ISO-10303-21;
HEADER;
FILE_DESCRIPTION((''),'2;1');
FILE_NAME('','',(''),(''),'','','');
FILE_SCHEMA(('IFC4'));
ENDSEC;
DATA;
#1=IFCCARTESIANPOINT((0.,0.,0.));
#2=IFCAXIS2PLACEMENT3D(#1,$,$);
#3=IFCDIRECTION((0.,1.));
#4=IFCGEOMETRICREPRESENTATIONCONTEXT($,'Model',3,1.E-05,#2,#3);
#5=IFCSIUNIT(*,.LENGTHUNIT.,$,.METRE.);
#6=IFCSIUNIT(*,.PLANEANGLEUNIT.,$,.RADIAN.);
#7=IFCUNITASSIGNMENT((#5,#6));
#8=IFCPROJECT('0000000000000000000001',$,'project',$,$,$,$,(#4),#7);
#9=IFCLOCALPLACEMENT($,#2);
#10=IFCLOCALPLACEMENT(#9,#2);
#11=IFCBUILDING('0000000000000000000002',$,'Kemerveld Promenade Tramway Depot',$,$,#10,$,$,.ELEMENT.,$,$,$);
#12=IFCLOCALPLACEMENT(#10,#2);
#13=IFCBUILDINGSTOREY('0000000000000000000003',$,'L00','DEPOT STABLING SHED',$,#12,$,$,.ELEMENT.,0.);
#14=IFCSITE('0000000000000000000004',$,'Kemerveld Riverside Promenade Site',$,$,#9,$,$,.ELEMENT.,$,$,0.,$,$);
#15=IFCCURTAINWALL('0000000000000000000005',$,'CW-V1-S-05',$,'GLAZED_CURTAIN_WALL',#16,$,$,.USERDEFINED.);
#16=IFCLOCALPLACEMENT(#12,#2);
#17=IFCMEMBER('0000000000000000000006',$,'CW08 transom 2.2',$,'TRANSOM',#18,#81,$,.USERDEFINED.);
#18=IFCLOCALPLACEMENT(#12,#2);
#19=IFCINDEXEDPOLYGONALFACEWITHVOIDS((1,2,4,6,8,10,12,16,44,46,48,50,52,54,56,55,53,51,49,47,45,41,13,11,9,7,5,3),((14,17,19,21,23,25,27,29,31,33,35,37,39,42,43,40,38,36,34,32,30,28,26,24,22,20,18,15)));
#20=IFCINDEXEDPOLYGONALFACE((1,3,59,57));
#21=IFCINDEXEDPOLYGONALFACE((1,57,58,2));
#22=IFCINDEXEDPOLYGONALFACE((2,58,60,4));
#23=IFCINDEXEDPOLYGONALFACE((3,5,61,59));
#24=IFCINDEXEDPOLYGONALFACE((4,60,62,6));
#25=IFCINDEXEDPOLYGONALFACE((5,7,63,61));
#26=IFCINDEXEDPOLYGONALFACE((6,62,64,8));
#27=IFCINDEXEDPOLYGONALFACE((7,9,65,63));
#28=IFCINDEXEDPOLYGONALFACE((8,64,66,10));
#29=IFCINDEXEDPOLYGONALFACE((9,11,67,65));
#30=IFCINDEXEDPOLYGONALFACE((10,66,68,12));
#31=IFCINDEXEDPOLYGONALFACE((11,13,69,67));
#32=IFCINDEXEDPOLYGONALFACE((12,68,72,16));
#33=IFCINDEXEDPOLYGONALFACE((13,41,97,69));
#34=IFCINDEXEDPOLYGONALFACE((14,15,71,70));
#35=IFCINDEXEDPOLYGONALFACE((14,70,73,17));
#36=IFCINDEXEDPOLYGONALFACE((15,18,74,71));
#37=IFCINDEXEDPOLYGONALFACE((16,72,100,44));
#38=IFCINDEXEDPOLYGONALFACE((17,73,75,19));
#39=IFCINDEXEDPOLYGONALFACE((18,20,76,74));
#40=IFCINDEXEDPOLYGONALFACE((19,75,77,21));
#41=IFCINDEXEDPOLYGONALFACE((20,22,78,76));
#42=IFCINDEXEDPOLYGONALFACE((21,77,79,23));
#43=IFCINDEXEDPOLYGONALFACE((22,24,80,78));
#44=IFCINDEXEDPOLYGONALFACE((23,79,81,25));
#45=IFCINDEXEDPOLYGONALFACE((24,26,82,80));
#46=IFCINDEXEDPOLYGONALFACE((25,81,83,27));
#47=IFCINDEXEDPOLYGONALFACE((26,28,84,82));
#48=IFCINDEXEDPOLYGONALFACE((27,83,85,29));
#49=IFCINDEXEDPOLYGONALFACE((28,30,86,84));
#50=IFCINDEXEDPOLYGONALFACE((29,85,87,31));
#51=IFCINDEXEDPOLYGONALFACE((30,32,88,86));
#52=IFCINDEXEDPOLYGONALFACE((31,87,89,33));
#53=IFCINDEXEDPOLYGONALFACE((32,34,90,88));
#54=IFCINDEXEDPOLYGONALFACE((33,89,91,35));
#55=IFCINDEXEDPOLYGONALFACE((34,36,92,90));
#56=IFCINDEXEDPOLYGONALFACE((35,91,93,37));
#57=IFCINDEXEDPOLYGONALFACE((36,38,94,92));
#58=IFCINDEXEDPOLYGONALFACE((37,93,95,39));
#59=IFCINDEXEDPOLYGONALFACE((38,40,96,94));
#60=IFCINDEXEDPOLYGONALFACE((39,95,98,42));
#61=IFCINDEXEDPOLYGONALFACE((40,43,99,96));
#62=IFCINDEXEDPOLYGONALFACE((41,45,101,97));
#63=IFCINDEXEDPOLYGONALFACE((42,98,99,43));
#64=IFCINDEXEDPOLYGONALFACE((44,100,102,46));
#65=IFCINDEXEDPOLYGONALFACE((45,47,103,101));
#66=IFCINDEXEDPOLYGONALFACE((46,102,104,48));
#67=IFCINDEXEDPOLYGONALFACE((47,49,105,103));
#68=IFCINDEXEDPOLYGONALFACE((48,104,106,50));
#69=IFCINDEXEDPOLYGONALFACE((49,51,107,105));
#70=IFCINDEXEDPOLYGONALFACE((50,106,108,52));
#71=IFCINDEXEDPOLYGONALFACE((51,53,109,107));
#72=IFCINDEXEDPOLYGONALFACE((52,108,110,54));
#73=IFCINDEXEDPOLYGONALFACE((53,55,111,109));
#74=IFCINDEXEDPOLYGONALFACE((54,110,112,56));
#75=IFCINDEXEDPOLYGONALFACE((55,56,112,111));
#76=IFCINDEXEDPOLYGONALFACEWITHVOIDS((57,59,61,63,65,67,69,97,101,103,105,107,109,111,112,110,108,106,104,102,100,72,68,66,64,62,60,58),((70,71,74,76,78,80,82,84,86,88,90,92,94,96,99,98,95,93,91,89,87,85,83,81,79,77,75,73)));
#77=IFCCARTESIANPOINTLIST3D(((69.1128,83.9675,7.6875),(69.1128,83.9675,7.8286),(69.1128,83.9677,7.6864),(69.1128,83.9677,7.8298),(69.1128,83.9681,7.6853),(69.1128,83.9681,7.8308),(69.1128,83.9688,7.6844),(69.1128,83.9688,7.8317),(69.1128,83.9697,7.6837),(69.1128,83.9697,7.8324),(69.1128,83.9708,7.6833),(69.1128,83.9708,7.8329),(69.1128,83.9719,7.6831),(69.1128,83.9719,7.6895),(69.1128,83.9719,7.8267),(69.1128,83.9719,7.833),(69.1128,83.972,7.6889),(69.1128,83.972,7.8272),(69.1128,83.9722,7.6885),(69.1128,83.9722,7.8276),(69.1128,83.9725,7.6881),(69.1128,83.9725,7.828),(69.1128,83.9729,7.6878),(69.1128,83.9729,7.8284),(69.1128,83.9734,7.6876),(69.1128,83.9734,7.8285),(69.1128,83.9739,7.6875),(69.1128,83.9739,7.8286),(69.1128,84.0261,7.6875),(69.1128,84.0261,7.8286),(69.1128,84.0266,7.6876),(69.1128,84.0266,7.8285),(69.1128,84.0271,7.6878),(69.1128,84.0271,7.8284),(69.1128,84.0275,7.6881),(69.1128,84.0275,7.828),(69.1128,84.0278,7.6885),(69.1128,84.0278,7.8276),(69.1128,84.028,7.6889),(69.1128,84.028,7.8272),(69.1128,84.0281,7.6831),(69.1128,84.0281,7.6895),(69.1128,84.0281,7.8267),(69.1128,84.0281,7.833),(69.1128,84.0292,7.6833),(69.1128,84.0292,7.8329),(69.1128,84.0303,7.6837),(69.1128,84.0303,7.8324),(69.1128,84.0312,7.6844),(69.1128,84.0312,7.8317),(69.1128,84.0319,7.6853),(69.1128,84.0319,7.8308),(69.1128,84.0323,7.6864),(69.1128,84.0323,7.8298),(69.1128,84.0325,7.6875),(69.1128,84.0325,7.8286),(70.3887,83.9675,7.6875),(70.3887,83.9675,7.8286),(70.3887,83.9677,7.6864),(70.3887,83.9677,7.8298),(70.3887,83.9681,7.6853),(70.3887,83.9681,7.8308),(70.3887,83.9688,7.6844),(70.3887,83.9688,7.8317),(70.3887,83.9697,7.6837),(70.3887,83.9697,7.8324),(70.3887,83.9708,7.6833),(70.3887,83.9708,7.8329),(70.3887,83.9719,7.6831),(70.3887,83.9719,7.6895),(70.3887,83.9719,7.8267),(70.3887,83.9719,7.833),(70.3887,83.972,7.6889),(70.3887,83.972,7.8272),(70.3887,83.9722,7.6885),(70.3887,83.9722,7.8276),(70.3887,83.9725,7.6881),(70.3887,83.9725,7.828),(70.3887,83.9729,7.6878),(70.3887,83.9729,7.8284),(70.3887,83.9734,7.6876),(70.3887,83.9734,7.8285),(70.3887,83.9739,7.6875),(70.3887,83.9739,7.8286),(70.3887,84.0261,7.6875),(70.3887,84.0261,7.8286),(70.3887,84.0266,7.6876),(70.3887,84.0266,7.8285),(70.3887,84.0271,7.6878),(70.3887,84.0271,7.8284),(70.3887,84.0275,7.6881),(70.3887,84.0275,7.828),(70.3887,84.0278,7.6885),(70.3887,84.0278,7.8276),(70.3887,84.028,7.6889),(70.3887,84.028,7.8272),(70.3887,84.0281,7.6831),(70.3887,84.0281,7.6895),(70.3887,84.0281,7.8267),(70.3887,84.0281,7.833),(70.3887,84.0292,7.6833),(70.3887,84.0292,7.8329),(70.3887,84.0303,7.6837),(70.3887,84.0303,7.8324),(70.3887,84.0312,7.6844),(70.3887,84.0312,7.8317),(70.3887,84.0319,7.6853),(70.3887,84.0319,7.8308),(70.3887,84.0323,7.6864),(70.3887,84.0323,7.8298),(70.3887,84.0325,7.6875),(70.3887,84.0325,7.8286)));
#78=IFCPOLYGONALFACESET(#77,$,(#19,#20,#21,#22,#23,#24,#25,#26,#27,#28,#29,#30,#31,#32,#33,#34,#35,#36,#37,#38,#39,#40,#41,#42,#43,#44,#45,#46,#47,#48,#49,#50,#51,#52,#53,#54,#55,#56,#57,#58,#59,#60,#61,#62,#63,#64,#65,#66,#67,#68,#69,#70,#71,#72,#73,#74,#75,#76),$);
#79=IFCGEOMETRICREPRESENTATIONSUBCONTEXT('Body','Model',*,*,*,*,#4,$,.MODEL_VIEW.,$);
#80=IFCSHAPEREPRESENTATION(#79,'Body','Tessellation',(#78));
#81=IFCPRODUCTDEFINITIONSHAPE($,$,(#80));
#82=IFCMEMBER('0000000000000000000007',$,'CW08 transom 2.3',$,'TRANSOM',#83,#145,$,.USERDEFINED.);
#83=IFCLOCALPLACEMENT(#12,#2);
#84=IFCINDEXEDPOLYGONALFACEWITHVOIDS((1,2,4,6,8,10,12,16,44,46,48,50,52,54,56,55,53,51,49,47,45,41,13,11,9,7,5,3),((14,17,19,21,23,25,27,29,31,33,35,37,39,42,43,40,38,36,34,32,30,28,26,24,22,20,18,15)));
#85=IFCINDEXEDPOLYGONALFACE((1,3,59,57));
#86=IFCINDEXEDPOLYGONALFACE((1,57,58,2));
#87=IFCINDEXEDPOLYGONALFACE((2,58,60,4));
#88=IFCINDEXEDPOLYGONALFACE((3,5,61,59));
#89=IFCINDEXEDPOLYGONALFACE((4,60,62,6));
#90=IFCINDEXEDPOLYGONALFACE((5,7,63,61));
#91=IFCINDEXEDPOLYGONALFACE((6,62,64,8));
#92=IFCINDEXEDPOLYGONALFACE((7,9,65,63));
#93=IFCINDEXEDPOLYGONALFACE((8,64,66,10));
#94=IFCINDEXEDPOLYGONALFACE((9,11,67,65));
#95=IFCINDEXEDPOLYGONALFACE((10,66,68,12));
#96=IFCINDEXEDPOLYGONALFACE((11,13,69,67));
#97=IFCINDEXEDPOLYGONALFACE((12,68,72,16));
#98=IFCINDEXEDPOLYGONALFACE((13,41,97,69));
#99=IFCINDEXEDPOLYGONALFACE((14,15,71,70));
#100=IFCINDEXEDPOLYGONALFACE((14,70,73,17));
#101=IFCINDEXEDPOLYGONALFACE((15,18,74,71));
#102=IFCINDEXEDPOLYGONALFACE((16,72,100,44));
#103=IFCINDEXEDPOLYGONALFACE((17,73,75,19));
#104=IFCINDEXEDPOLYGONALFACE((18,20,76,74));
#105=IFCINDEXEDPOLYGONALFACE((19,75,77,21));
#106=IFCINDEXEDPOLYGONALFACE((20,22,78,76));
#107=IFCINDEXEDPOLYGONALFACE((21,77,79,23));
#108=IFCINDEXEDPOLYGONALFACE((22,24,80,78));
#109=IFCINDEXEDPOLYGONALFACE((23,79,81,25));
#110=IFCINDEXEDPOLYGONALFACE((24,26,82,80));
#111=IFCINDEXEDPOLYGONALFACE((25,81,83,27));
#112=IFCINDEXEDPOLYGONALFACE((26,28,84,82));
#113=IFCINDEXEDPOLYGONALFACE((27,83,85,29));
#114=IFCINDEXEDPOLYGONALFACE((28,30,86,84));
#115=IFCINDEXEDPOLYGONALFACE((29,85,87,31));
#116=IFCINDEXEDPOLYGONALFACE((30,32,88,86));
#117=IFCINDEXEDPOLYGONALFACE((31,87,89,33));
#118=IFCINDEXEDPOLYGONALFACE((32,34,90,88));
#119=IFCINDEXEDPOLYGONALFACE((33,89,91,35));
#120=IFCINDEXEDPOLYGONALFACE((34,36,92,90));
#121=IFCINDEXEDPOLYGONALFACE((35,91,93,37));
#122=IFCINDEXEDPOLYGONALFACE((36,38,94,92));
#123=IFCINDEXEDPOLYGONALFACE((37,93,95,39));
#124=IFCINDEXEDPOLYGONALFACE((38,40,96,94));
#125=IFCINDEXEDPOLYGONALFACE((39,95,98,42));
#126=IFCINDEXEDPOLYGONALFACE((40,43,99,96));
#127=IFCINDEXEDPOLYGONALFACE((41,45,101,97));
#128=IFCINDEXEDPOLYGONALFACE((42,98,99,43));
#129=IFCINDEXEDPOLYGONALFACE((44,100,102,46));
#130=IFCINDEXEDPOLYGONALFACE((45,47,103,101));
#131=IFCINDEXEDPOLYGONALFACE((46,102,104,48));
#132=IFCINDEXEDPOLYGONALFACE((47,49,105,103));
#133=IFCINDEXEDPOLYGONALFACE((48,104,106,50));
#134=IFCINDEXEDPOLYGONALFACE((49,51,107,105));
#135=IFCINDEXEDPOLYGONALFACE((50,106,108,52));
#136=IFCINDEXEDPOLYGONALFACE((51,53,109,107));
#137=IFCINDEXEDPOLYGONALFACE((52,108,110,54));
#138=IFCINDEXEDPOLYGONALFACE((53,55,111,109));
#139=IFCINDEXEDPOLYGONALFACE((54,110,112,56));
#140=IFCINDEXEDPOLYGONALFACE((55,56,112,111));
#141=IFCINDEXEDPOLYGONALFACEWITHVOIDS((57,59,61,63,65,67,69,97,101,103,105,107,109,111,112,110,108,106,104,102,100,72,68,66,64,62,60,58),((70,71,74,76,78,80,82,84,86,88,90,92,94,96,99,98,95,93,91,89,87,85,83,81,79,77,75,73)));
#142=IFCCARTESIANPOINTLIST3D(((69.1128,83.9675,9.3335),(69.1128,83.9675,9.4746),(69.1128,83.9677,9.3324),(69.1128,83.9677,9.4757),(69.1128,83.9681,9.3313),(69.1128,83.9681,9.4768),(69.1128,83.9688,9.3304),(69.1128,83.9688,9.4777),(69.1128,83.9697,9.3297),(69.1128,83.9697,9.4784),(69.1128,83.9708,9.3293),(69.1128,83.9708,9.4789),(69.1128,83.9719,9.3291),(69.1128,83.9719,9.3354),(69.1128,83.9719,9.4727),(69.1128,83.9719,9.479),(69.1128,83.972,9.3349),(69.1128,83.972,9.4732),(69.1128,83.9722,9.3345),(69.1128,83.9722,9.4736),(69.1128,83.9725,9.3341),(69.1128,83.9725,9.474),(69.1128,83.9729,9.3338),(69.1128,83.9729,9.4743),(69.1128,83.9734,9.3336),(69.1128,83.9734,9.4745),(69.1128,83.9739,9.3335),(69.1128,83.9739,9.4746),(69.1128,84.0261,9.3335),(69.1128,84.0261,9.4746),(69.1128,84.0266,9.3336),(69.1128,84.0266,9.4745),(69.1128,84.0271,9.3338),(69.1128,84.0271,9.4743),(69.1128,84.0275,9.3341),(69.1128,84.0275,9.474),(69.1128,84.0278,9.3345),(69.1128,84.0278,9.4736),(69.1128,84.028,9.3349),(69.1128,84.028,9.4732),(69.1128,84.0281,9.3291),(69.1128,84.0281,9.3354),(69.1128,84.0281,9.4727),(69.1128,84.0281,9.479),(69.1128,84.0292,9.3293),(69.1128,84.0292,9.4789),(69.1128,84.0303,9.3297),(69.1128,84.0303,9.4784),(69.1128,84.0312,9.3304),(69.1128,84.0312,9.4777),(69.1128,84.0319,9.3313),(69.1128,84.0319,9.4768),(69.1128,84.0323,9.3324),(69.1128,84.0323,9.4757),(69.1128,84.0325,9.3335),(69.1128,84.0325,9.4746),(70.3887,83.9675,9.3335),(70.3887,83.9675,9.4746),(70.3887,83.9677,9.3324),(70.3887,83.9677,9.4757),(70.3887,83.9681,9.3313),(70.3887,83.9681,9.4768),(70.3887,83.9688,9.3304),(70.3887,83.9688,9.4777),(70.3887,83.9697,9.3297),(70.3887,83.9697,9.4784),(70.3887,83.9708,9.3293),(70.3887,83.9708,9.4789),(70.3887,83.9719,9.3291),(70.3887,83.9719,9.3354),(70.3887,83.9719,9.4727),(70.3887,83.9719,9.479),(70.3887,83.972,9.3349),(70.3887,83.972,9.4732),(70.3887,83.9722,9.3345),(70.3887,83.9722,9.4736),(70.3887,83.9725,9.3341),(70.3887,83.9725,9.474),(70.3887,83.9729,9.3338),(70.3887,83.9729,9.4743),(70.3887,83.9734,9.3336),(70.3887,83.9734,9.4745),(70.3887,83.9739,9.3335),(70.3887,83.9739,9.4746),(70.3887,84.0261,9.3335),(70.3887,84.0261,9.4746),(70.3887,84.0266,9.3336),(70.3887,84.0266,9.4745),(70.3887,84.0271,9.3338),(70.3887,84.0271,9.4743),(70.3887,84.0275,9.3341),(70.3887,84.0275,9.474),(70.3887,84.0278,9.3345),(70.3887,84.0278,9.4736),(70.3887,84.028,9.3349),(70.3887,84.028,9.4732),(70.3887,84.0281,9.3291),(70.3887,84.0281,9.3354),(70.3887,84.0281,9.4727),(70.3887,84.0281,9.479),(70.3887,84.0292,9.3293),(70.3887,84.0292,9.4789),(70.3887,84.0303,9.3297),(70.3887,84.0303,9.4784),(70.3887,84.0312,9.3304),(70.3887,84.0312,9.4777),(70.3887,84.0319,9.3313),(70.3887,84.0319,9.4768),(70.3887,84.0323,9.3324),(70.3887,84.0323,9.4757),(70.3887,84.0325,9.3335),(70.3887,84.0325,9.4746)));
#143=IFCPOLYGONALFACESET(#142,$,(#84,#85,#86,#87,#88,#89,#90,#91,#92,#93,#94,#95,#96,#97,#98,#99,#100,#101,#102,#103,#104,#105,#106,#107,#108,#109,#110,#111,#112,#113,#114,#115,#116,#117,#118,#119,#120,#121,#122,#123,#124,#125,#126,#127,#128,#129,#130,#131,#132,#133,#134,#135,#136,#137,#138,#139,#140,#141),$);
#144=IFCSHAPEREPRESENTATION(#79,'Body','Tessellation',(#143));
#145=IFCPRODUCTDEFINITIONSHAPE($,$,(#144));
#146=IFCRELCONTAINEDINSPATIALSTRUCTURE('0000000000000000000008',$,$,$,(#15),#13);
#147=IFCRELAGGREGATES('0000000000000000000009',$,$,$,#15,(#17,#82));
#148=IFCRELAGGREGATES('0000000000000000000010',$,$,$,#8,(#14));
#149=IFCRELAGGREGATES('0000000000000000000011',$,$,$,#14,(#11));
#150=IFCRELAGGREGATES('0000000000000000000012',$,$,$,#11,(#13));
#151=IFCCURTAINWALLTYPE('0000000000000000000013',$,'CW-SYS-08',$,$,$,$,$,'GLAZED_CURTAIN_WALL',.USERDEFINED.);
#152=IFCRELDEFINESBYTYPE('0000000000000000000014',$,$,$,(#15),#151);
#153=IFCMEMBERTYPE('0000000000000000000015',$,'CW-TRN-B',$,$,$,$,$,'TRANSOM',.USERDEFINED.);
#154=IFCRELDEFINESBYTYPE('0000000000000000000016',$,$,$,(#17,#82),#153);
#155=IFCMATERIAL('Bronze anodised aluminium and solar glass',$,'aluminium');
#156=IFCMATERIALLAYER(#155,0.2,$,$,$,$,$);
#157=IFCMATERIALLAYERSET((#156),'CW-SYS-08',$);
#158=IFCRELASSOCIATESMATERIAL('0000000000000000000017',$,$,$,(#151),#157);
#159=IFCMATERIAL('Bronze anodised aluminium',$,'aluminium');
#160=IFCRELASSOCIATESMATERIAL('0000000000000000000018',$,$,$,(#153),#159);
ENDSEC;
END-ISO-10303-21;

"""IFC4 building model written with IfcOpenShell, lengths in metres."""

from ifc_helpers import new_model, si_unit, direction, frame, origin, origin_2d, place, context, subcontext, project, spatial, hollow_rectangle, extrude, material, layer, layer_set, material_profile, profile_set, type_object, element, aggregate, save


model = new_model("IFC4")

# Units and contexts
model_context = context("Model", 3, precision=1e-05, world=origin(), true_north=direction((0.0, 1.0)))
body_context = subcontext(model_context, "Body", "Model", "MODEL_VIEW")
ifc_project = project(units=[si_unit("LENGTHUNIT", "METRE"), si_unit("PLANEANGLEUNIT", "RADIAN")], contexts=[model_context])

# Site, building, storey
site_placement = place(None, origin())
site = spatial("IfcSite", under=ifc_project, at=site_placement, Name="Kemerveld Riverside Promenade Site", CompositionType="ELEMENT", RefElevation=0.0)
building_placement = place(site_placement, origin())
building = spatial("IfcBuilding", under=site, at=building_placement, Name="Kemerveld Promenade Tramway Depot", CompositionType="ELEMENT")
storey_placement = place(building_placement, origin())
storey = spatial("IfcBuildingStorey", under=building, at=storey_placement, Name="L00", Description="DEPOT STABLING SHED", CompositionType="ELEMENT", Elevation=0.0)

# Curtain wall, members
ifc_material_1 = material(Name="Bronze anodised aluminium and solar glass", Category="aluminium")
ifc_material_2 = material(Name="Bronze anodised aluminium", Category="aluminium")
ifc_layer_1 = layer(ifc_material_1, 0.2)
ifc_layer_set_1 = layer_set([ifc_layer_1], Name="CW-SYS-08")
curtain_wall_type_1 = type_object("IfcCurtainWallType", Name="CW-SYS-08", ElementType="GLAZED_CURTAIN_WALL", PredefinedType="USERDEFINED", material=ifc_layer_set_1)
curtain_wall_1_placement = place(storey_placement, origin())
curtain_wall_1 = element("IfcCurtainWall", 1, at=curtain_wall_1_placement, inside=storey, type_object=curtain_wall_type_1, Name="CW-V1-S-05", ObjectType="GLAZED_CURTAIN_WALL", PredefinedType="USERDEFINED")
ifc_material_profile_1 = material_profile(ifc_material_2, hollow_rectangle(XDim=0.0649, YDim=0.1499, WallThickness=0.0044, InnerFilletRadius=0.002, OuterFilletRadius=0.0044, at=origin_2d()), Name="CW-TRN-150x65")
ifc_profile_set_1 = profile_set([ifc_material_profile_1], Name="Bronze anodised aluminium")
member_type_1 = type_object("IfcMemberType", Name="CW-TRN-B", ElementType="TRANSOM", PredefinedType="USERDEFINED", material=ifc_profile_set_1)
member_1_placement = place(storey_placement, frame((70.3887, 84.0, 7.7581), z_axis=(-1.0, 0.0, 0.0), x_axis=(0.0, -1.0, 0.0)))
member_1 = element("IfcMember", 2, at=member_1_placement, type_object=member_type_1, Name="CW08 transom 2.2", ObjectType="TRANSOM", PredefinedType="USERDEFINED", context=body_context, shape_type="SweptSolid", body=[
    extrude(hollow_rectangle(XDim=0.0649, YDim=0.1499, WallThickness=0.0044, InnerFilletRadius=0.002, OuterFilletRadius=0.0044, at=origin_2d()), origin(), (0.0, 0.0, 1.0), 1.2759),
])
member_2_placement = place(storey_placement, frame((70.3887, 84.0, 9.4041), z_axis=(-1.0, 0.0, 0.0), x_axis=(0.0, -1.0, 0.0)))
member_2 = element("IfcMember", 3, at=member_2_placement, type_object=member_type_1, Name="CW08 transom 2.3", ObjectType="TRANSOM", PredefinedType="USERDEFINED", context=body_context, shape_type="SweptSolid", body=[
    extrude(hollow_rectangle(XDim=0.0649, YDim=0.1499, WallThickness=0.0044, InnerFilletRadius=0.002, OuterFilletRadius=0.0044, at=origin_2d()), origin(), (0.0, 0.0, 1.0), 1.2759),
])

aggregate(curtain_wall_1, [member_1, member_2])

save(model, "model.ifc")
